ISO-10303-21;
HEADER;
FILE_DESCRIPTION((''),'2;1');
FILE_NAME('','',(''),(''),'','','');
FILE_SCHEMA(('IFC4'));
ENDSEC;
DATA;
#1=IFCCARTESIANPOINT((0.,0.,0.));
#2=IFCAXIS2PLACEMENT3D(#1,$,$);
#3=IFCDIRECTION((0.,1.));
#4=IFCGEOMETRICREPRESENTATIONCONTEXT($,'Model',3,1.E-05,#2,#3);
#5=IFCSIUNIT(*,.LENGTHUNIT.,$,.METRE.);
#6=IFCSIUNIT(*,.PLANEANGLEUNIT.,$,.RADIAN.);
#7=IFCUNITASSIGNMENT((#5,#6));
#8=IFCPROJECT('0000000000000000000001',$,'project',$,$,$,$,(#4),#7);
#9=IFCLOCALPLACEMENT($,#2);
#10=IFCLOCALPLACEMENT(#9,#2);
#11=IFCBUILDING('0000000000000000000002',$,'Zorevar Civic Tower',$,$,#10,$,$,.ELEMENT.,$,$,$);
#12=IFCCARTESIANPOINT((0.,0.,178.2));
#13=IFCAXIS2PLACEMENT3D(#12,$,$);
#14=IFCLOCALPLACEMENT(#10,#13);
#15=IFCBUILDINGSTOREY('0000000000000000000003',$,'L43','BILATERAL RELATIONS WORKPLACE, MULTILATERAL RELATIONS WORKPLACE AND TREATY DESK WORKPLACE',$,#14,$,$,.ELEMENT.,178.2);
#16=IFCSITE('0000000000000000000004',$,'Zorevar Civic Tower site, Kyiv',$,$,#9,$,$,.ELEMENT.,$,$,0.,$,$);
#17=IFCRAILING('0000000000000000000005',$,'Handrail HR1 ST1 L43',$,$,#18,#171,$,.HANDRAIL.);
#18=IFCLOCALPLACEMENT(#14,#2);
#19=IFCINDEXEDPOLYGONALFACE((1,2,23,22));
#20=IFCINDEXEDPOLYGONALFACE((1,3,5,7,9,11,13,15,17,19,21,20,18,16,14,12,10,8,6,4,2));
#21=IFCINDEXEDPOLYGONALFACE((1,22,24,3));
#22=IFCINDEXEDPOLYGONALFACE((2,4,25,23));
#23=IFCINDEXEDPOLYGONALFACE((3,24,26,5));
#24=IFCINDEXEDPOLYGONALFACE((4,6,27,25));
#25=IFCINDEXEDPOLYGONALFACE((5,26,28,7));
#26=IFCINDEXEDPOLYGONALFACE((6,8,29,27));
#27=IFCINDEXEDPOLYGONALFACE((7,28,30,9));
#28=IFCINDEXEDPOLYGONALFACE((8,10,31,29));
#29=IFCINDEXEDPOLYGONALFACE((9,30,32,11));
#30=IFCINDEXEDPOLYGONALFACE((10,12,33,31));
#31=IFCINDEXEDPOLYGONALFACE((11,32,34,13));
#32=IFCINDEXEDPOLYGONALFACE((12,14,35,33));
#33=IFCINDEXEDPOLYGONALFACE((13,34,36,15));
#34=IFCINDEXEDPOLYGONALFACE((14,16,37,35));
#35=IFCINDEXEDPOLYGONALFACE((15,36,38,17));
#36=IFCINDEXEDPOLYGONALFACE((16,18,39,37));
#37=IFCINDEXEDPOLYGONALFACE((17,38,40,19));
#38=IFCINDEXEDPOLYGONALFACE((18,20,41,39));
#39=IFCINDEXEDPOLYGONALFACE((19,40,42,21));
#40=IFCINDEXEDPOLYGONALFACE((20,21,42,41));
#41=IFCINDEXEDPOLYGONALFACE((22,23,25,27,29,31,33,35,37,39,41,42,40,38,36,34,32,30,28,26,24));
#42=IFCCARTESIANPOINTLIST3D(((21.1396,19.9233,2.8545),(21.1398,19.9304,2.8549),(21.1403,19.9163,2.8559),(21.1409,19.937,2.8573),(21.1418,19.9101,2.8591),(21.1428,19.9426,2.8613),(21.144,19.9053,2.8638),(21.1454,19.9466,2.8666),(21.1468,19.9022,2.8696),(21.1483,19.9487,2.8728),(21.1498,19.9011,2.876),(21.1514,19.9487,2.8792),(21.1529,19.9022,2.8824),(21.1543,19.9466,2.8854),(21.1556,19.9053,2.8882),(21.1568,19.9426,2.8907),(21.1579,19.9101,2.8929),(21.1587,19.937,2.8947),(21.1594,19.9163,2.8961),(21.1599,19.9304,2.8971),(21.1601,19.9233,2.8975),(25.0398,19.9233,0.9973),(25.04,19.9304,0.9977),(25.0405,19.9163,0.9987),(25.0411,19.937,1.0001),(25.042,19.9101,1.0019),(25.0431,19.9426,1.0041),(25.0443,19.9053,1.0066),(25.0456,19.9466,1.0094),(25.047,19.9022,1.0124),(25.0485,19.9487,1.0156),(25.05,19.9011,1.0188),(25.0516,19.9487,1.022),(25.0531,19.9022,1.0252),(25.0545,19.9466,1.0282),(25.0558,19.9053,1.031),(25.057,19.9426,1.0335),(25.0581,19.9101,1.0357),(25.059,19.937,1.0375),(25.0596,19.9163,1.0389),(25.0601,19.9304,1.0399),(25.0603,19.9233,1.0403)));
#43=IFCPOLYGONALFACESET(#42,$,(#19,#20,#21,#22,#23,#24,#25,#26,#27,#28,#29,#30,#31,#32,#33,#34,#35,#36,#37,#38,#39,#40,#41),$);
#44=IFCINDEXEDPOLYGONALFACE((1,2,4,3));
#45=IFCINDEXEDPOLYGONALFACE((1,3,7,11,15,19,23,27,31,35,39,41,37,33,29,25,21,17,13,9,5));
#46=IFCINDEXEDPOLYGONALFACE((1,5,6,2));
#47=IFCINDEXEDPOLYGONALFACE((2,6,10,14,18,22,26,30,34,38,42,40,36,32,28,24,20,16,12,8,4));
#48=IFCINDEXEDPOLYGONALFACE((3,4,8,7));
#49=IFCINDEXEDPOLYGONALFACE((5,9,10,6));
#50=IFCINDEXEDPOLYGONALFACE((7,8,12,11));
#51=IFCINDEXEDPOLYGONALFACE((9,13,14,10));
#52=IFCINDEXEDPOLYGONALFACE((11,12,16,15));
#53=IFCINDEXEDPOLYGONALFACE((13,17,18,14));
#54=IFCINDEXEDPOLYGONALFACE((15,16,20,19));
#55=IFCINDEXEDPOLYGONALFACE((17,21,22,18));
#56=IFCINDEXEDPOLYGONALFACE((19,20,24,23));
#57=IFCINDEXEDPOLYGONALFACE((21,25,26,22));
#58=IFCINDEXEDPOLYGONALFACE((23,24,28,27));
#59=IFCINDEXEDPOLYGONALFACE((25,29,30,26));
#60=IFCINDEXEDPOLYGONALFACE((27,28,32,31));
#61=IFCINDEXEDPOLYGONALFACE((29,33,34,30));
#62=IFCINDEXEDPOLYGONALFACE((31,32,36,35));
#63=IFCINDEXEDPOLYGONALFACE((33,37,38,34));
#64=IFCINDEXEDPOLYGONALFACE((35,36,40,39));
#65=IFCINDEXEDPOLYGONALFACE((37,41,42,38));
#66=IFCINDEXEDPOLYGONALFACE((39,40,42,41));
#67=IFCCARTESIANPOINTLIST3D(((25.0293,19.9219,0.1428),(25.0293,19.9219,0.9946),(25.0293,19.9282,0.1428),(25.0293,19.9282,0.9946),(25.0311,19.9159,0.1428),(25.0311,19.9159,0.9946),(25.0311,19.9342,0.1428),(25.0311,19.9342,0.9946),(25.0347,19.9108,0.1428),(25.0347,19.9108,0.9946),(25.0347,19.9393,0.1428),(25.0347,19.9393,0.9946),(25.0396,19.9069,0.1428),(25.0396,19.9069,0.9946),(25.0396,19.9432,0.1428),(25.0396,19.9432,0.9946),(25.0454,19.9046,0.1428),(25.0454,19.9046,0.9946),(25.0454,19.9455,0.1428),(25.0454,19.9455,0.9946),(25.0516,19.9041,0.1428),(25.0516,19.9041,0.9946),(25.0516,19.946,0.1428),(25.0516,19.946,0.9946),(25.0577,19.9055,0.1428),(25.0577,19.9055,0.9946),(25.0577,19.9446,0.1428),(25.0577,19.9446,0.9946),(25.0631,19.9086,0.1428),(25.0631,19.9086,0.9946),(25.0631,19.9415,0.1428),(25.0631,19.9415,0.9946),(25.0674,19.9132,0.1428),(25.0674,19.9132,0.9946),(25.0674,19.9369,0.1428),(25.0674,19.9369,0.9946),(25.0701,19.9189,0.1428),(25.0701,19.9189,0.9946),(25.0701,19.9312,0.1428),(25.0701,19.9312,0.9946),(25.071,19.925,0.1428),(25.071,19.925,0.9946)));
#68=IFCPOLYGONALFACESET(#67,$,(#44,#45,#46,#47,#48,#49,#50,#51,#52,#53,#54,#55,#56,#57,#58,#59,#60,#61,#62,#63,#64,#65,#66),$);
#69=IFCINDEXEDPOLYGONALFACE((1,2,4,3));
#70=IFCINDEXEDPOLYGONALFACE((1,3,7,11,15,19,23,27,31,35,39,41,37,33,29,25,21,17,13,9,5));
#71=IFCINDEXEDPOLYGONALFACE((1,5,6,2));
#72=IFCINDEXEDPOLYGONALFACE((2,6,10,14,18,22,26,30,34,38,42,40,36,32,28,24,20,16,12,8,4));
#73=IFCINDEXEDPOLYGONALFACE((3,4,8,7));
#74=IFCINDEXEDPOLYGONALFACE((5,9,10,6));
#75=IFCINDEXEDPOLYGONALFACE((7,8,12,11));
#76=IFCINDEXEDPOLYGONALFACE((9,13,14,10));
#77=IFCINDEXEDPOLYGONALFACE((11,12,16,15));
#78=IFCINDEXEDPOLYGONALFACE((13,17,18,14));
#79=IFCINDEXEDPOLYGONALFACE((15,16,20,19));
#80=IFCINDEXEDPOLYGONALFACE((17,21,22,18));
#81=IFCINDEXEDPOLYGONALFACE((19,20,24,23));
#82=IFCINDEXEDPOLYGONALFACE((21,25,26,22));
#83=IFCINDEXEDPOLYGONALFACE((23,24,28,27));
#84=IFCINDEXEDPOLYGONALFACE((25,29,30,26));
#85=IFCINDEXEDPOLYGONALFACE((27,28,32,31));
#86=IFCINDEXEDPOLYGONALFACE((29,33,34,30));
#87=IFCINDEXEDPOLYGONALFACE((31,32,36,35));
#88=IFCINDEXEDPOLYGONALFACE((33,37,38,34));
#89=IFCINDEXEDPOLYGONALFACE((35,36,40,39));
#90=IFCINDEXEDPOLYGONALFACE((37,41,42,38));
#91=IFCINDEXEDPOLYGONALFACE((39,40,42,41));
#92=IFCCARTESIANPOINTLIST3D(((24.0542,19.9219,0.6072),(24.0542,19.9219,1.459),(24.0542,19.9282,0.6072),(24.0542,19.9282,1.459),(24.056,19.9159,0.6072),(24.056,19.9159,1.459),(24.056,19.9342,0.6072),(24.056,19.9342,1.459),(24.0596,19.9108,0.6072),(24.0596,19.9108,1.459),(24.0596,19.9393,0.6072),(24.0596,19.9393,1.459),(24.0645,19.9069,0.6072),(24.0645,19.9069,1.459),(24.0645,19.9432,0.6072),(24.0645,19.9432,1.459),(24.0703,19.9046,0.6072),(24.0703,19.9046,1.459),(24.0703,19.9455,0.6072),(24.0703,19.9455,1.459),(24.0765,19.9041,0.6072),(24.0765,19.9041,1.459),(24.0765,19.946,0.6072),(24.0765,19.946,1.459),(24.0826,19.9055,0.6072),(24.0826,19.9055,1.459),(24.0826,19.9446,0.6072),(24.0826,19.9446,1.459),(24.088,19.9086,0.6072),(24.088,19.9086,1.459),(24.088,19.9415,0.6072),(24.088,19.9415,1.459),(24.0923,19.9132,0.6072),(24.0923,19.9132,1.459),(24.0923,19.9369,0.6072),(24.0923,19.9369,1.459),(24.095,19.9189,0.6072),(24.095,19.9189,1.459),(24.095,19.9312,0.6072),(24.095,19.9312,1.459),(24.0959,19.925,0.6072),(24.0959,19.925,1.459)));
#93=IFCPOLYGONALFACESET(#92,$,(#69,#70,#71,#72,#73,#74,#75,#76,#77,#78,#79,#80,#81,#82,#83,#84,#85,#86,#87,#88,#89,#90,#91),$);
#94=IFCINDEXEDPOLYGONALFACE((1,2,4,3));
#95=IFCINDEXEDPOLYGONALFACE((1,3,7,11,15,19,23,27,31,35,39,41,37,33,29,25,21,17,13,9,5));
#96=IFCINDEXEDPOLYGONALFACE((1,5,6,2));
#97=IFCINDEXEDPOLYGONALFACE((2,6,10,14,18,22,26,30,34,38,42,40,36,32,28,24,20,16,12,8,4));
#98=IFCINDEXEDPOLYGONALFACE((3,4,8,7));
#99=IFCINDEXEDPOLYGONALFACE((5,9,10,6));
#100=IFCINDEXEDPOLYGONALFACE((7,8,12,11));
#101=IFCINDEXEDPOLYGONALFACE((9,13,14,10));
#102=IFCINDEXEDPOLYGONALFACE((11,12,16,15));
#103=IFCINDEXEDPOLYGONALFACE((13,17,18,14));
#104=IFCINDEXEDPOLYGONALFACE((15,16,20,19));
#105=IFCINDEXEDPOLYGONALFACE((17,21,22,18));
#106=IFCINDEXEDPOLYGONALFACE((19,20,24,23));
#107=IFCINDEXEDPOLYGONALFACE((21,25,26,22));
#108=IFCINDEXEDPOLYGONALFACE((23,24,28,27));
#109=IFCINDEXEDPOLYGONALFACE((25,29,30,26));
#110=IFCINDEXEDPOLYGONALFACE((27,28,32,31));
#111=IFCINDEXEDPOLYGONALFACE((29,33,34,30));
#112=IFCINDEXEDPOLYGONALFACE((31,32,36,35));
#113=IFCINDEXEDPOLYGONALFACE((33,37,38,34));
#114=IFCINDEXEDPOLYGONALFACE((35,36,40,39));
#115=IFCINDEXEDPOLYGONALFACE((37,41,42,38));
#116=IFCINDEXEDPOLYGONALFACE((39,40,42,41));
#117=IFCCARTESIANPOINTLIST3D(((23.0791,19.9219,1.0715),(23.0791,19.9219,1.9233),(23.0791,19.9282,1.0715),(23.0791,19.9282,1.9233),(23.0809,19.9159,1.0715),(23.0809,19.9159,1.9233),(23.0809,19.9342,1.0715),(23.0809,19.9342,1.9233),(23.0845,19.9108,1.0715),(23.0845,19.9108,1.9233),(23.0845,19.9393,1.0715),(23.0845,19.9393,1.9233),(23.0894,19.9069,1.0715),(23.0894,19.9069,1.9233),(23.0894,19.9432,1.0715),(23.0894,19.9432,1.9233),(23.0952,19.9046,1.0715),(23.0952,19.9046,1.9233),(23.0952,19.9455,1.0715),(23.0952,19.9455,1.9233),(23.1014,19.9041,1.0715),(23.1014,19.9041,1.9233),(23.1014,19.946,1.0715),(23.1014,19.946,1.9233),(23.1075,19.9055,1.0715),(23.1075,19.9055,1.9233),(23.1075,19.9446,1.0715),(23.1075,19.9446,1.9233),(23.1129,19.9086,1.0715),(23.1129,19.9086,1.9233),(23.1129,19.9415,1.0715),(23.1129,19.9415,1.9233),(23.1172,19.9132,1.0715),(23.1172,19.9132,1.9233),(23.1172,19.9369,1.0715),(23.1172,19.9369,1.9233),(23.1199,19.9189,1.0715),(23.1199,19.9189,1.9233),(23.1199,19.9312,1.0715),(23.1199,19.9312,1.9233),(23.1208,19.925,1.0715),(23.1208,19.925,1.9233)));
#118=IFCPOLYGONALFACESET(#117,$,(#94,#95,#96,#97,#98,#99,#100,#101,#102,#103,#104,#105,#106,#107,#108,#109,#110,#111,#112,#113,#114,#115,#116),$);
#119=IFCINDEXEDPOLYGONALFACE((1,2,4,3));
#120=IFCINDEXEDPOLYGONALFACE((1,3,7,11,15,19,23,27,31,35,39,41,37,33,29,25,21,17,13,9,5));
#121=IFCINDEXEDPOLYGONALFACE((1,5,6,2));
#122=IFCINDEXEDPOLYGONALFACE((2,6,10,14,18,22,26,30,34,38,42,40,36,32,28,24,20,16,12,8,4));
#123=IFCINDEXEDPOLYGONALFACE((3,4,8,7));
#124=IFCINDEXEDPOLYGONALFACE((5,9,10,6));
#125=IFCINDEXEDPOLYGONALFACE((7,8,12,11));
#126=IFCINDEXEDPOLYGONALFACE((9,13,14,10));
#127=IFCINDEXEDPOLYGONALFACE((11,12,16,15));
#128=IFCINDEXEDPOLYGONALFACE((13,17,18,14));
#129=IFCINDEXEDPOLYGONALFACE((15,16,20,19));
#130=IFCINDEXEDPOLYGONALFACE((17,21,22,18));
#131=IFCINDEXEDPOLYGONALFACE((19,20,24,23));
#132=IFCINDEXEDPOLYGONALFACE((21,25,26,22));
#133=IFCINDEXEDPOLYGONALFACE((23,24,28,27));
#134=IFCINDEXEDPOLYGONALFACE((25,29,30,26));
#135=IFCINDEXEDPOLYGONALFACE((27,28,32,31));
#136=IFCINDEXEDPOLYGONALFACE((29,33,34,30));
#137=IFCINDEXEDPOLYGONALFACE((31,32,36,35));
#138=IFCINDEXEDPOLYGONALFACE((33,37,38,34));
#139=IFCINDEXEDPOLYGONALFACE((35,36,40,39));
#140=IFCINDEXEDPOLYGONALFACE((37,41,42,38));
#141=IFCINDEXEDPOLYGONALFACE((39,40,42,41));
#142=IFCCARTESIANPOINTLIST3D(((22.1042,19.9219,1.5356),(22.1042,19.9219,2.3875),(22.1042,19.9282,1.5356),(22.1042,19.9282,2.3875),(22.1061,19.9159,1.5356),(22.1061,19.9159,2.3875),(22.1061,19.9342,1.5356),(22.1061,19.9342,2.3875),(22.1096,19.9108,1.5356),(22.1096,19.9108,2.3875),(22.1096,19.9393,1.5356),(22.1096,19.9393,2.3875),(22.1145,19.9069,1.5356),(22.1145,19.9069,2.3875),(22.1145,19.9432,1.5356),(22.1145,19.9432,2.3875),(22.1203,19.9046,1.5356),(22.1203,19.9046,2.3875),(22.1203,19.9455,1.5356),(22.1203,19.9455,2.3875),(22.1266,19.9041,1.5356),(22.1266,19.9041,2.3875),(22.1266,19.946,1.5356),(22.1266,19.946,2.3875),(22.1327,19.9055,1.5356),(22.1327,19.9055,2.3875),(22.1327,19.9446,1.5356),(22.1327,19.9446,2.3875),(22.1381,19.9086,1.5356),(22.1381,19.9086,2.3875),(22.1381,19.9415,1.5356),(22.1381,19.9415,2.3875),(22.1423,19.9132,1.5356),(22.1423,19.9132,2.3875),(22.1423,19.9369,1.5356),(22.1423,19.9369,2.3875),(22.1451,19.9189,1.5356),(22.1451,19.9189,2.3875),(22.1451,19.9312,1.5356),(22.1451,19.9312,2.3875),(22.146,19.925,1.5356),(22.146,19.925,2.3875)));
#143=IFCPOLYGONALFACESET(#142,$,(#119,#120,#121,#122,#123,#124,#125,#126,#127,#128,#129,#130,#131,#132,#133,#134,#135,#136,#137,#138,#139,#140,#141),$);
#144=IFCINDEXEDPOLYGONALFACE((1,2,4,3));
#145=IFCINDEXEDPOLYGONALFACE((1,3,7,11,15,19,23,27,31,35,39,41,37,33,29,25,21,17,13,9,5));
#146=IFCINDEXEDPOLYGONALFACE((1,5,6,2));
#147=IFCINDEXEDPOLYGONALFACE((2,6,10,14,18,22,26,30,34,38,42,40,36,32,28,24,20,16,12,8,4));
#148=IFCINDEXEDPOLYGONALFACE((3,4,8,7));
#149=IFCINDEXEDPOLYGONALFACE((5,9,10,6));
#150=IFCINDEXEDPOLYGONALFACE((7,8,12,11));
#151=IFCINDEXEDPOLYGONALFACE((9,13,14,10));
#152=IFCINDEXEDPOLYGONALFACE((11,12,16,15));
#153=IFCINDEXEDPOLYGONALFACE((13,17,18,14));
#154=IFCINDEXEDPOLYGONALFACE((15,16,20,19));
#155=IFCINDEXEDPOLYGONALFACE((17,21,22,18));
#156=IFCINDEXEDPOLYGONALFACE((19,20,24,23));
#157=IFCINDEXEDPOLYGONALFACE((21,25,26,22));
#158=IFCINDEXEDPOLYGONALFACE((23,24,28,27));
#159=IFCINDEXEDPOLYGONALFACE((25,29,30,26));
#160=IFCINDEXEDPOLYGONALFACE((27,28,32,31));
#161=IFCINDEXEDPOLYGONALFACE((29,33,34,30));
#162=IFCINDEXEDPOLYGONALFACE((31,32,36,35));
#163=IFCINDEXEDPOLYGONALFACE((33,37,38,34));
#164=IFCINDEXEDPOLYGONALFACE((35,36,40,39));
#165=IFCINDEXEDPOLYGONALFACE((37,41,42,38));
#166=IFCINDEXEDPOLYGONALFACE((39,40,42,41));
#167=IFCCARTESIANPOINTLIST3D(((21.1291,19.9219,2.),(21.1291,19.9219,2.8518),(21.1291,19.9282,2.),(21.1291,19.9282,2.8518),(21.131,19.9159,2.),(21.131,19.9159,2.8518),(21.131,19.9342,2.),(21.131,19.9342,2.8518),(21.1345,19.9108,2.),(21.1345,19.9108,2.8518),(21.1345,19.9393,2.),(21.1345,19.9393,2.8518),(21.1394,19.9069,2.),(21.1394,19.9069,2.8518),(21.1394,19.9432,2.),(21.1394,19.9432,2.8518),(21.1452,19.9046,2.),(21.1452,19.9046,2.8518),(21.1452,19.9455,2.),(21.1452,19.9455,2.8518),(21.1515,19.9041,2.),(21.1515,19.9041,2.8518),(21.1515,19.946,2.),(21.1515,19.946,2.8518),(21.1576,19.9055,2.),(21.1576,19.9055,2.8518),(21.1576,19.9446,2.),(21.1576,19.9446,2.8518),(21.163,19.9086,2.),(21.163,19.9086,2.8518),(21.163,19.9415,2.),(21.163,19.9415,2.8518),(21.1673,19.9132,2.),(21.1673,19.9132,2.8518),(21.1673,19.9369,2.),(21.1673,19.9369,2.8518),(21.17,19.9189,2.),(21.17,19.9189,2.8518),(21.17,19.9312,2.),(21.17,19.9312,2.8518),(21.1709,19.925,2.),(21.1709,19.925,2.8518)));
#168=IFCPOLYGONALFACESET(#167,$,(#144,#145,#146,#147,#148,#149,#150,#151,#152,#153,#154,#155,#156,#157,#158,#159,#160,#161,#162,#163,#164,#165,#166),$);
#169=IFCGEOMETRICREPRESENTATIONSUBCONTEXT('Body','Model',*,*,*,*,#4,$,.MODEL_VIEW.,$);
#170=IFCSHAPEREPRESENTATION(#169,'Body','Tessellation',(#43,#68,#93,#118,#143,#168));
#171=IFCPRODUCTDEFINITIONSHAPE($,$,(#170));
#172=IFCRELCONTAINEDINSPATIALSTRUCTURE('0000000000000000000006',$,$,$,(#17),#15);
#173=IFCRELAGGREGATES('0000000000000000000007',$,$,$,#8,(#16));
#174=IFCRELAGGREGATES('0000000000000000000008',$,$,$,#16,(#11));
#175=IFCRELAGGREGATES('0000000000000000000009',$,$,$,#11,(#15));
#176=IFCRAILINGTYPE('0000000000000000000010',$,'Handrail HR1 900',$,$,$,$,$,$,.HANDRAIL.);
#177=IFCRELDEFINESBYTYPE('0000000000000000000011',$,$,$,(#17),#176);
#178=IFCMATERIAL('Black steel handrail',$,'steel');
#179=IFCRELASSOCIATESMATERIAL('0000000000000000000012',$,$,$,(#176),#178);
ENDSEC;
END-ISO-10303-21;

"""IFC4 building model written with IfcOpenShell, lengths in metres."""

from ifc_helpers import new_model, si_unit, direction, frame, origin, origin_2d, place, context, subcontext, project, spatial, circle, extrude, material, type_object, element, save


model = new_model("IFC4")

# Units and contexts
model_context = context("Model", 3, precision=1e-05, world=origin(), true_north=direction((0.0, 1.0)))
body_context = subcontext(model_context, "Body", "Model", "MODEL_VIEW")
ifc_project = project(units=[si_unit("LENGTHUNIT", "METRE"), si_unit("PLANEANGLEUNIT", "RADIAN")], contexts=[model_context])

# Site, building, storey
site_placement = place(None, origin())
site = spatial("IfcSite", under=ifc_project, at=site_placement, Name="Zorevar Civic Tower site, Kyiv", CompositionType="ELEMENT", RefElevation=0.0)
building_placement = place(site_placement, origin())
building = spatial("IfcBuilding", under=site, at=building_placement, Name="Zorevar Civic Tower", CompositionType="ELEMENT")
storey_placement = place(building_placement, frame((0.0, 0.0, 178.2)))
storey = spatial("IfcBuildingStorey", under=building, at=storey_placement, Name="L43", Description="BILATERAL RELATIONS WORKPLACE, MULTILATERAL RELATIONS WORKPLACE AND TREATY DESK WORKPLACE", CompositionType="ELEMENT", Elevation=178.2)

# Railing
ifc_material_1 = material(Name="Black steel handrail", Category="steel")
railing_type = type_object("IfcRailingType", Name="Handrail HR1 900", PredefinedType="HANDRAIL", material=ifc_material_1)
railing_1_placement = place(storey_placement, frame((25.05, 19.925, 0.1428)))
element("IfcRailing", 1, at=railing_1_placement, inside=storey, type_object=railing_type, Name="Handrail HR1 ST1 L43", PredefinedType="HANDRAIL", context=body_context, shape_type="SweptSolid", body=[
    extrude(circle(Radius=0.0239, at=origin_2d()), frame((0.0, 0.0, 0.876), z_axis=(-0.902864, 0.0, 0.429927), x_axis=(0.0, -1.0, 0.0)), (0.0, 0.0, 1.0), 4.3198),
    extrude(circle(Radius=0.021, at=origin_2d()), origin(), (0.0, 0.0, 1.0), 0.8518),
    extrude(circle(Radius=0.021, at=origin_2d()), frame((-0.9751, 0.0, 0.4644)), (0.0, 0.0, 1.0), 0.8518),
    extrude(circle(Radius=0.021, at=origin_2d()), frame((-1.9502, 0.0, 0.9287)), (0.0, 0.0, 1.0), 0.8518),
    extrude(circle(Radius=0.021, at=origin_2d()), frame((-2.925, 0.0, 1.3928)), (0.0, 0.0, 1.0), 0.8518),
    extrude(circle(Radius=0.021, at=origin_2d()), frame((-3.9001, 0.0, 1.8572)), (0.0, 0.0, 1.0), 0.8518),
])

save(model, "model.ifc")
